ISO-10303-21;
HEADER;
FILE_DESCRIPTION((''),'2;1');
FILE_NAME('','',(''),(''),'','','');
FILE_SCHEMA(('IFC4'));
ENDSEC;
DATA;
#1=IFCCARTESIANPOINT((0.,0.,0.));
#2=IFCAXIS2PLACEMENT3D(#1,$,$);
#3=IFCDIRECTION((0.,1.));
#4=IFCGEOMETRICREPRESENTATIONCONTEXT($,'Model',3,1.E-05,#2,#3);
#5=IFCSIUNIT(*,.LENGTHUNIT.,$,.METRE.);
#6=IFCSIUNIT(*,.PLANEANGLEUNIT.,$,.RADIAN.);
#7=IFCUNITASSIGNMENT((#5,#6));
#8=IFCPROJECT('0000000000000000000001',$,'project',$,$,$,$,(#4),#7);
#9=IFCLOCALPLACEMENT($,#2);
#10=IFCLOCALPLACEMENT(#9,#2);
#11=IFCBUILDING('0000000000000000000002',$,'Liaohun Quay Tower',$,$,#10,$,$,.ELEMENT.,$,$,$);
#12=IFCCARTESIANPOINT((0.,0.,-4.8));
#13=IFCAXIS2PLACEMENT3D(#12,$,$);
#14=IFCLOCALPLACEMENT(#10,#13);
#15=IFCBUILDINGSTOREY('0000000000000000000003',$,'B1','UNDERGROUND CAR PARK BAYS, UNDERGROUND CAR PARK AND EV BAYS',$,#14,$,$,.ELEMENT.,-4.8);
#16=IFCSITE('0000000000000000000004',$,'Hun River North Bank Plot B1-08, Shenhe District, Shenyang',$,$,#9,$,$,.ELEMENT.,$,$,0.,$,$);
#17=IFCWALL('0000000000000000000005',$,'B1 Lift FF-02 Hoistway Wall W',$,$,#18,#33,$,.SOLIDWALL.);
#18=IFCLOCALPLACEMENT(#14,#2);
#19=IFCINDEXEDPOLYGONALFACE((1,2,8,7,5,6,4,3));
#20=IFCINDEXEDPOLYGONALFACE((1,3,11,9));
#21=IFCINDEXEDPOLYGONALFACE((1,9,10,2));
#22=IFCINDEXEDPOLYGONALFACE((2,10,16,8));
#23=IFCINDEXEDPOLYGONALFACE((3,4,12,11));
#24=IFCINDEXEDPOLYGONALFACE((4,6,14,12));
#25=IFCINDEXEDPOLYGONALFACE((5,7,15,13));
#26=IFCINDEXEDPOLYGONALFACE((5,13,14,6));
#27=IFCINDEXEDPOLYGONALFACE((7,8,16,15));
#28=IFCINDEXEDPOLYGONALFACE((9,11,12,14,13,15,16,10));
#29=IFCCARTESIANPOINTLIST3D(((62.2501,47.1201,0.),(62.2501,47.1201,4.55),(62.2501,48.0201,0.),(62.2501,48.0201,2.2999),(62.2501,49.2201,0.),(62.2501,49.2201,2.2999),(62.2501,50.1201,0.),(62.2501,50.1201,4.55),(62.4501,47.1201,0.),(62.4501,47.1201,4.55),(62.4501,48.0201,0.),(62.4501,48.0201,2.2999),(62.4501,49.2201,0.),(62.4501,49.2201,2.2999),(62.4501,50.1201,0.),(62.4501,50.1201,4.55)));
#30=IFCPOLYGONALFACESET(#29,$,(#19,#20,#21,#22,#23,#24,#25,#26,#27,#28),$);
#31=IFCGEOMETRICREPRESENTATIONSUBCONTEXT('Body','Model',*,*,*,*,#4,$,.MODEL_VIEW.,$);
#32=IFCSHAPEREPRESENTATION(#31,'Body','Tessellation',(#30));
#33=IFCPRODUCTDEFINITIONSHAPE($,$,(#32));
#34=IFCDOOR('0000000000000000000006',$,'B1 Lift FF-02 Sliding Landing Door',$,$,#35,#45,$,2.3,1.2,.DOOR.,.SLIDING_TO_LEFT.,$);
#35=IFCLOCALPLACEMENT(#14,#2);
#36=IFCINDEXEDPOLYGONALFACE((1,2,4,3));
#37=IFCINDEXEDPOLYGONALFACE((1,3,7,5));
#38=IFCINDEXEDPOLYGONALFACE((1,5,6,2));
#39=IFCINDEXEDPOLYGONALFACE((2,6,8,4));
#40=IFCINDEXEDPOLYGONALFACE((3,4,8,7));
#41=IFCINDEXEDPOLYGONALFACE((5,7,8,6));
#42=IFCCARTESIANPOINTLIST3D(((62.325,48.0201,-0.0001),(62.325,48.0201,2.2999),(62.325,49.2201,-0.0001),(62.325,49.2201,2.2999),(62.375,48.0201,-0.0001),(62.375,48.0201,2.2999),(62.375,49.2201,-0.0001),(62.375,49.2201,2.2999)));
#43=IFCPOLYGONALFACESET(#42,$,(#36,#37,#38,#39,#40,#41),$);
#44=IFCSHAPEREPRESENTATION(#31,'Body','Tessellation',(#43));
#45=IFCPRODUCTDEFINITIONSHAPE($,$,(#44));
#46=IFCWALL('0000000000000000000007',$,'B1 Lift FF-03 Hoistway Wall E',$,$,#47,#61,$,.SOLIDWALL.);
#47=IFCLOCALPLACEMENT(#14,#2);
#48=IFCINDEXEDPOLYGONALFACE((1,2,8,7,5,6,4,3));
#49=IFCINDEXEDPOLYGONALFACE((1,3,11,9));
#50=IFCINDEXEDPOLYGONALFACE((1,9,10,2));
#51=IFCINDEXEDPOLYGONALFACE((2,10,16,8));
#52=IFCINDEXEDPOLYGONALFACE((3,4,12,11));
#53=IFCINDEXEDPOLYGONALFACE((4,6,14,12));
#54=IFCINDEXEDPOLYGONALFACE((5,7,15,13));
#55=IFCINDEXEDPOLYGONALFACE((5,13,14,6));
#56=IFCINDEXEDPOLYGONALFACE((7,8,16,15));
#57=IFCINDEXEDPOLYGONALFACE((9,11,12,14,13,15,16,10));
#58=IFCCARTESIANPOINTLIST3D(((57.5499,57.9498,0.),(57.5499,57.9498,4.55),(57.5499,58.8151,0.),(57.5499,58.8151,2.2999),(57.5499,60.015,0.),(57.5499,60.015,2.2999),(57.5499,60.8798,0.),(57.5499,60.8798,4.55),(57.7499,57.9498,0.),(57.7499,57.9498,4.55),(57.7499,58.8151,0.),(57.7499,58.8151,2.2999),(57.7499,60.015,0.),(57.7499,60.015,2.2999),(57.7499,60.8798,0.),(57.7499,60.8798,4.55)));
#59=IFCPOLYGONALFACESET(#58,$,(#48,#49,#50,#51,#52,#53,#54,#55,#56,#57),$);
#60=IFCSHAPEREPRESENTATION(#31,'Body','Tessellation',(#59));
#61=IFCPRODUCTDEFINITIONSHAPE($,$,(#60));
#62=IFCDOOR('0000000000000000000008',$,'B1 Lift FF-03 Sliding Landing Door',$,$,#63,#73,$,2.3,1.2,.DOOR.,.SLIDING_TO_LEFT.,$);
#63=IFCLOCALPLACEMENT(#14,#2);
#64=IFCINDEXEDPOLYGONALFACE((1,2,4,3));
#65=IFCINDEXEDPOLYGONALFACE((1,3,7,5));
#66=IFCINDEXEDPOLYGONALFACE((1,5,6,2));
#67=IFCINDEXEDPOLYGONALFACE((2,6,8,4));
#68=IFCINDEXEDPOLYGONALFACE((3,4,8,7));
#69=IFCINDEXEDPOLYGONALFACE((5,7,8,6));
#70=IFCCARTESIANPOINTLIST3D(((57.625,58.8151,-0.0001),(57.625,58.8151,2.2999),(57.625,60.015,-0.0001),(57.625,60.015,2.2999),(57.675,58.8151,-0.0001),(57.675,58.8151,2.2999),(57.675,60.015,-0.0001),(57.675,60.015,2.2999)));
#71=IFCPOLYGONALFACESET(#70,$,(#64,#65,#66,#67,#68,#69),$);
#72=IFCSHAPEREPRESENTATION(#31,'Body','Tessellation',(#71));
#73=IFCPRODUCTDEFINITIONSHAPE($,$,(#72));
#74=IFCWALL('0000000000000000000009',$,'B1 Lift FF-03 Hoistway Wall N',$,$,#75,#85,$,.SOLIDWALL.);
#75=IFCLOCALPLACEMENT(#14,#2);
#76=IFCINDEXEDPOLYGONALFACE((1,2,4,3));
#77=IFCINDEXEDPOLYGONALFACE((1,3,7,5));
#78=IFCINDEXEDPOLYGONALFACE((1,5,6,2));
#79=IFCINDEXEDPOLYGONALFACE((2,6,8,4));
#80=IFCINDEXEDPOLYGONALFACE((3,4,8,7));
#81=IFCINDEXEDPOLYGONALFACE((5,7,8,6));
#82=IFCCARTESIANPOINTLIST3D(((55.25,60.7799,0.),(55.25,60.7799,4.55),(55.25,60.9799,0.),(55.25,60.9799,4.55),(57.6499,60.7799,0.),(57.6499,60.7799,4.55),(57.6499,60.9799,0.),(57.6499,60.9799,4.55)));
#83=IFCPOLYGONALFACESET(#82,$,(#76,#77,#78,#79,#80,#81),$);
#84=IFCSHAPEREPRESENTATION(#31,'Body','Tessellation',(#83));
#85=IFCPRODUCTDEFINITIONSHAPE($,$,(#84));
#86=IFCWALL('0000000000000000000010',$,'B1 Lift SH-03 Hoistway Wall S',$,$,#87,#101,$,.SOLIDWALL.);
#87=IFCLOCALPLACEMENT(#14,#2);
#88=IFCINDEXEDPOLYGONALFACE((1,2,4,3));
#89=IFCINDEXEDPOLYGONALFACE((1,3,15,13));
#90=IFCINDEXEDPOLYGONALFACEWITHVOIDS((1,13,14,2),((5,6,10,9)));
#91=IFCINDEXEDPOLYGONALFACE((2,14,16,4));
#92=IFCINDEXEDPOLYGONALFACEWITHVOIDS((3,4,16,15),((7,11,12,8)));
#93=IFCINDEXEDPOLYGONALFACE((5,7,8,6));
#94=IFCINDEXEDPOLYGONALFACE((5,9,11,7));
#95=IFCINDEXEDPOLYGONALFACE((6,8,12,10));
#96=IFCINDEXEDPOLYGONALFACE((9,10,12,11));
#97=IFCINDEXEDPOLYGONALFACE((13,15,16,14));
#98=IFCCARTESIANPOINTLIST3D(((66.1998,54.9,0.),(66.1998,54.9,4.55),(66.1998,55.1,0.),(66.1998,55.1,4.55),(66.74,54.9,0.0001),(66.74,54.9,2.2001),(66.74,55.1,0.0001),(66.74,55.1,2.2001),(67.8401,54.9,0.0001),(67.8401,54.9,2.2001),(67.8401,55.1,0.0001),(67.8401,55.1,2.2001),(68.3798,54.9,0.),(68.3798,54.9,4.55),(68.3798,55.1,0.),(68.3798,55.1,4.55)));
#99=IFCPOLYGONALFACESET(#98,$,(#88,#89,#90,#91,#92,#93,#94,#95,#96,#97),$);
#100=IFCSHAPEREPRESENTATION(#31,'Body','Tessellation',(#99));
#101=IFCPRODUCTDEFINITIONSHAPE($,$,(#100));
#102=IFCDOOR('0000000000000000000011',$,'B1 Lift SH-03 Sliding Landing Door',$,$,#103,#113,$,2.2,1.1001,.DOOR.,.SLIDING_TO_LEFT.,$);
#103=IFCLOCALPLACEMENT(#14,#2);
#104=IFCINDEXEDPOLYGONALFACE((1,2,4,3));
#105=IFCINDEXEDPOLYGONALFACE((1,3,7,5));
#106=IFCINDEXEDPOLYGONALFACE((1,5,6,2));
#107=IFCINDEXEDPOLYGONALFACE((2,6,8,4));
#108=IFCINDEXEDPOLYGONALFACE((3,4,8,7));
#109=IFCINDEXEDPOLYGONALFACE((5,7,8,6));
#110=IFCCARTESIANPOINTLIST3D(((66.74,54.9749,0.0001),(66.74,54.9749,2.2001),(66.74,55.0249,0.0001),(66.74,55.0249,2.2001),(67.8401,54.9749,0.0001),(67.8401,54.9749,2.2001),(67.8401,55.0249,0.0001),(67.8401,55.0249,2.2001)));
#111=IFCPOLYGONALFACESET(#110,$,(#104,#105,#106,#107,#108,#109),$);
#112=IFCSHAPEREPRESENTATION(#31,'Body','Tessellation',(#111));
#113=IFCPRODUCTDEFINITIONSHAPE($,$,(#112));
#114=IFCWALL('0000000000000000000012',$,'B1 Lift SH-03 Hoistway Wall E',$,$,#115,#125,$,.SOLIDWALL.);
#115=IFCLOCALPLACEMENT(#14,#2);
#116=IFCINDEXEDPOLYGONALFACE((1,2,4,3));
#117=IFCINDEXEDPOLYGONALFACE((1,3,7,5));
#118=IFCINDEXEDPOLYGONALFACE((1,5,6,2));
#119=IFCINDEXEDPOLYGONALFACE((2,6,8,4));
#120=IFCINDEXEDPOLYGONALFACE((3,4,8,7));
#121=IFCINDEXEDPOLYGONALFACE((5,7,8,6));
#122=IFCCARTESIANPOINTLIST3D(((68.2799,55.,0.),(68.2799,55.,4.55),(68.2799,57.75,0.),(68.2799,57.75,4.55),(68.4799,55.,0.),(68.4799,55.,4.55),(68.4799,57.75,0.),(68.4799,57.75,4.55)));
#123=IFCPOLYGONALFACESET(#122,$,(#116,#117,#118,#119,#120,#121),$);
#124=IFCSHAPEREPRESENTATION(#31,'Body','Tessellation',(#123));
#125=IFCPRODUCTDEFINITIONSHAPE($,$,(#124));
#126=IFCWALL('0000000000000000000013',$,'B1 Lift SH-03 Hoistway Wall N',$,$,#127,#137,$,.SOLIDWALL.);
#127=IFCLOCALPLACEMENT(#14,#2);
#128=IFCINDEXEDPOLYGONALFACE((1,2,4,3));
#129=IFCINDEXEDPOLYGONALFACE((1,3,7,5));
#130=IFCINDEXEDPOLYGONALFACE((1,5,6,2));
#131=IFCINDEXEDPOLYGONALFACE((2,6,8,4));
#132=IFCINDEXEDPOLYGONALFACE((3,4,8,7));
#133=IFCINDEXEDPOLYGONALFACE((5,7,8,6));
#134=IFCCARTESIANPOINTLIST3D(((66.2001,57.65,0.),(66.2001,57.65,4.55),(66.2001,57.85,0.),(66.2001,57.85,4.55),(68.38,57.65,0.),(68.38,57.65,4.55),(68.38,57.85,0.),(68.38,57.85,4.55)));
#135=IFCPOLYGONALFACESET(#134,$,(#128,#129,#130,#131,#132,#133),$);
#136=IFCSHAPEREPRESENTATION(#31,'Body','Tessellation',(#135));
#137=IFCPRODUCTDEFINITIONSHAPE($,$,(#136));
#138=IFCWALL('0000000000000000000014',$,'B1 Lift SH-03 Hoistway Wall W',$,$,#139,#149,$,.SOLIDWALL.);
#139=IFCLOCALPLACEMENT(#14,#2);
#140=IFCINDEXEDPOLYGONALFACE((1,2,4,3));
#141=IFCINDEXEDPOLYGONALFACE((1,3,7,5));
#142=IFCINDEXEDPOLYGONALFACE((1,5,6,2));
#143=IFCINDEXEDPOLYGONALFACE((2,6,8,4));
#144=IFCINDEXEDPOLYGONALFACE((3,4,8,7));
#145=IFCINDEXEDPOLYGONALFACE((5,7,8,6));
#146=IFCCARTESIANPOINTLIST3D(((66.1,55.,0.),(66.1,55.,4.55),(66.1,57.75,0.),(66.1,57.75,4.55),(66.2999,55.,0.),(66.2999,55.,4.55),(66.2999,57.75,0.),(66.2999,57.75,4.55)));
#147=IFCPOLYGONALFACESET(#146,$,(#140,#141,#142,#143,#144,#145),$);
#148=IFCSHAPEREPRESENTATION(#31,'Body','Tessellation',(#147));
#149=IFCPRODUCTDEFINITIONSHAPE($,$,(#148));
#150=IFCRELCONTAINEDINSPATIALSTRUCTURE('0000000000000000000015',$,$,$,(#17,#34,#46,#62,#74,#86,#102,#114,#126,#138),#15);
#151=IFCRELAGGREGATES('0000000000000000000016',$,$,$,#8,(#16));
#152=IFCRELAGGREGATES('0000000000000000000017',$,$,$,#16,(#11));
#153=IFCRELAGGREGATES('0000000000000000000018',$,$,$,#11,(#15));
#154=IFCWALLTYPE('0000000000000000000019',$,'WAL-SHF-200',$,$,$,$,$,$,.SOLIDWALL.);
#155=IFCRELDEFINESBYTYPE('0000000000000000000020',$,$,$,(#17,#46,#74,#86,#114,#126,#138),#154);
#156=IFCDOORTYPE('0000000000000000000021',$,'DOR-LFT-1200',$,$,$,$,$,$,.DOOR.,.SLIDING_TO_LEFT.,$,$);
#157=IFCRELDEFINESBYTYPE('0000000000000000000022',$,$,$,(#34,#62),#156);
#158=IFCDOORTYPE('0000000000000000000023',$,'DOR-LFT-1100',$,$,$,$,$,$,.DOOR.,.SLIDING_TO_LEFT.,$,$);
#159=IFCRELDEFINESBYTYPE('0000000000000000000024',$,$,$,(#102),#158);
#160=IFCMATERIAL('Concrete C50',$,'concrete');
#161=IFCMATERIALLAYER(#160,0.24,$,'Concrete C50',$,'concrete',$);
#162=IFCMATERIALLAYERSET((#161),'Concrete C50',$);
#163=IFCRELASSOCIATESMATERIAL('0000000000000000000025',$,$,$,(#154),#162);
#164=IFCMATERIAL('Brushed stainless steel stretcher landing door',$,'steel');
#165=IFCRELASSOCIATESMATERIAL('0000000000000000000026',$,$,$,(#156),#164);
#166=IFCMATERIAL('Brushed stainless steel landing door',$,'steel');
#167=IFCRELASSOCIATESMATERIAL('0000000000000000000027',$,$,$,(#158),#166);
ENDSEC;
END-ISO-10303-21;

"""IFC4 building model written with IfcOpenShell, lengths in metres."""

from ifc_helpers import new_model, si_unit, direction, frame, frame_2d, origin, place, context, subcontext, project, spatial, rectangle, extrude, source, transform, mapped, material, layer, layer_set, type_object, element, fill, save


model = new_model("IFC4")

# Units and contexts
model_context = context("Model", 3, precision=1e-05, world=origin(), true_north=direction((0.0, 1.0)))
body_context = subcontext(model_context, "Body", "Model", "MODEL_VIEW")
ifc_project = project(units=[si_unit("LENGTHUNIT", "METRE"), si_unit("PLANEANGLEUNIT", "RADIAN")], contexts=[model_context])

# Site, building, storey
site_placement = place(None, origin())
site = spatial("IfcSite", under=ifc_project, at=site_placement, Name="Hun River North Bank Plot B1-08, Shenhe District, Shenyang", CompositionType="ELEMENT", RefElevation=0.0)
building_placement = place(site_placement, origin())
building = spatial("IfcBuilding", under=site, at=building_placement, Name="Liaohun Quay Tower", CompositionType="ELEMENT")
storey_placement = place(building_placement, frame((0.0, 0.0, -4.8)))
storey = spatial("IfcBuildingStorey", under=building, at=storey_placement, Name="B1", Description="UNDERGROUND CAR PARK BAYS, UNDERGROUND CAR PARK AND EV BAYS", CompositionType="ELEMENT", Elevation=-4.8)

# Shared definitions
ifc_material_1 = material(Name="Concrete C50", Category="concrete")
ifc_layer_1 = layer(ifc_material_1, 0.24, Name="Concrete C50", Category="concrete")
ifc_layer_set_1 = layer_set([ifc_layer_1], Name="Concrete C50")
wall_type_1 = type_object("IfcWallType", Name="WAL-SHF-200", PredefinedType="SOLIDWALL", material=ifc_layer_set_1)
shared_shape_1 = source(origin(), body_context, "Body", "SweptSolid", [
    extrude(rectangle(XDim=1.2, YDim=2.3, at=frame_2d((0.6001, 1.1499))), frame((0.0, 0.1099, 0.0), z_axis=(0.0, -1.0, 0.0), x_axis=(1.0, 0.0, 0.0)), (0.0, 0.0, 1.0), 0.22),
])
ifc_material_2 = material(Name="Brushed stainless steel stretcher landing door", Category="steel")
door_type_1 = type_object("IfcDoorType", Name="DOR-LFT-1200", OperationType="SLIDING_TO_LEFT", PredefinedType="DOOR", material=ifc_material_2)
shared_shape_2 = source(origin(), body_context, "Body", "SweptSolid", [
    extrude(rectangle(XDim=1.2, YDim=2.3, at=frame_2d((0.6001, 1.1499))), frame((0.0, 0.0249, 0.0), z_axis=(0.0, -1.0, 0.0), x_axis=(1.0, 0.0, 0.0)), (0.0, 0.0, 1.0), 0.05),
])

# Walls, openings, doors
wall_1_placement = place(storey_placement, frame((62.3501, 50.1201, 0.0), z_axis=(0.0, 0.0, 1.0), x_axis=(0.0, -1.0, 0.0)))
wall_1 = element("IfcWall", 1, at=wall_1_placement, inside=storey, type_object=wall_type_1, Name="B1 Lift FF-02 Hoistway Wall W", PredefinedType="SOLIDWALL", context=body_context, shape_type="SweptSolid", body=[
    extrude(rectangle(XDim=3.0, YDim=0.2, at=frame_2d((1.5, 0.0))), origin(), (0.0, 0.0, 1.0), 4.55),
])
opening_1_placement = place(wall_1_placement, frame((0.8999, 0.0, 0.0)))
opening_1 = element("IfcOpeningElement", 2, at=opening_1_placement, cuts=wall_1, PredefinedType="OPENING", context=body_context, shape_type="MappedRepresentation", body=[
    mapped(shared_shape_1, transform((0.0, 0.0, 0.0), x_axis=(1.0, 0.0, 0.0), y_axis=(0.0, 1.0, 0.0), z_axis=(0.0, 0.0, 1.0), scale=1.0)),
])
door_1_placement = place(opening_1_placement, origin())
door_1 = element("IfcDoor", 3, at=door_1_placement, inside=storey, type_object=door_type_1, Name="B1 Lift FF-02 Sliding Landing Door", OperationType="SLIDING_TO_LEFT", OverallHeight=2.3, OverallWidth=1.2, PredefinedType="DOOR", context=body_context, shape_type="MappedRepresentation", body=[
    mapped(shared_shape_2, transform((0.0, 0.0, 0.0), x_axis=(1.0, 0.0, 0.0), y_axis=(0.0, 1.0, 0.0), z_axis=(0.0, 0.0, 1.0), scale=1.0)),
])
fill(opening_1, door_1)
wall_2_placement = place(storey_placement, frame((57.6499, 57.95, 0.0), z_axis=(0.0, 0.0, 1.0), x_axis=(0.0, 1.0, 0.0)))
wall_2 = element("IfcWall", 4, at=wall_2_placement, inside=storey, type_object=wall_type_1, Name="B1 Lift FF-03 Hoistway Wall E", PredefinedType="SOLIDWALL", context=body_context, shape_type="SweptSolid", body=[
    extrude(rectangle(XDim=2.9299, YDim=0.2, at=frame_2d((1.4648, 0.0))), origin(), (0.0, 0.0, 1.0), 4.55),
])
opening_2_placement = place(wall_2_placement, frame((0.865, 0.0, 0.0)))
opening_2 = element("IfcOpeningElement", 5, at=opening_2_placement, cuts=wall_2, PredefinedType="OPENING", context=body_context, shape_type="MappedRepresentation", body=[
    mapped(shared_shape_1, transform((0.0, 0.0, 0.0), x_axis=(1.0, 0.0, 0.0), y_axis=(0.0, 1.0, 0.0), z_axis=(0.0, 0.0, 1.0), scale=1.0)),
])
door_2_placement = place(opening_2_placement, origin())
door_2 = element("IfcDoor", 6, at=door_2_placement, inside=storey, type_object=door_type_1, Name="B1 Lift FF-03 Sliding Landing Door", OperationType="SLIDING_TO_LEFT", OverallHeight=2.3, OverallWidth=1.2, PredefinedType="DOOR", context=body_context, shape_type="MappedRepresentation", body=[
    mapped(shared_shape_2, transform((0.0, 0.0, 0.0), x_axis=(1.0, 0.0, 0.0), y_axis=(0.0, 1.0, 0.0), z_axis=(0.0, 0.0, 1.0), scale=1.0)),
])
fill(opening_2, door_2)

# Wall
wall_3_placement = place(storey_placement, frame((57.6499, 60.8799, 0.0), z_axis=(0.0, 0.0, 1.0), x_axis=(-1.0, 0.0, 0.0)))
element("IfcWall", 7, at=wall_3_placement, inside=storey, type_object=wall_type_1, Name="B1 Lift FF-03 Hoistway Wall N", PredefinedType="SOLIDWALL", context=body_context, shape_type="SweptSolid", body=[
    extrude(rectangle(XDim=2.3999, YDim=0.2, at=frame_2d((1.2, 0.0))), origin(), (0.0, 0.0, 1.0), 4.55),
])

# Wall, opening, door
wall_4_placement = place(storey_placement, frame((66.2, 55.0, 0.0), z_axis=(0.0, 0.0, 1.0), x_axis=(1.0, 0.0, 0.0)))
wall_4 = element("IfcWall", 8, at=wall_4_placement, inside=storey, type_object=wall_type_1, Name="B1 Lift SH-03 Hoistway Wall S", PredefinedType="SOLIDWALL", context=body_context, shape_type="SweptSolid", body=[
    extrude(rectangle(XDim=2.1799, YDim=0.2, at=frame_2d((1.0898, 0.0))), origin(), (0.0, 0.0, 1.0), 4.55),
])
shared_shape_3 = source(origin(), body_context, "Body", "SweptSolid", [
    extrude(rectangle(XDim=1.1001, YDim=2.2, at=frame_2d((0.55, 1.1001))), frame((0.0, 0.1099, 0.0), z_axis=(0.0, -1.0, 0.0), x_axis=(1.0, 0.0, 0.0)), (0.0, 0.0, 1.0), 0.22),
])
opening_3_placement = place(wall_4_placement, frame((0.54, 0.0, 0.0)))
opening_3 = element("IfcOpeningElement", 9, at=opening_3_placement, cuts=wall_4, PredefinedType="OPENING", context=body_context, shape_type="MappedRepresentation", body=[
    mapped(shared_shape_3, transform((0.0, 0.0, 0.0), x_axis=(1.0, 0.0, 0.0), y_axis=(0.0, 1.0, 0.0), z_axis=(0.0, 0.0, 1.0), scale=1.0)),
])
ifc_material_3 = material(Name="Brushed stainless steel landing door", Category="steel")
door_type_2 = type_object("IfcDoorType", Name="DOR-LFT-1100", OperationType="SLIDING_TO_LEFT", PredefinedType="DOOR", material=ifc_material_3)
shared_shape_4 = source(origin(), body_context, "Body", "SweptSolid", [
    extrude(rectangle(XDim=1.1001, YDim=2.2, at=frame_2d((0.55, 1.1001))), frame((0.0, 0.0249, 0.0), z_axis=(0.0, -1.0, 0.0), x_axis=(1.0, 0.0, 0.0)), (0.0, 0.0, 1.0), 0.05),
])
door_3_placement = place(opening_3_placement, origin())
door_3 = element("IfcDoor", 10, at=door_3_placement, inside=storey, type_object=door_type_2, Name="B1 Lift SH-03 Sliding Landing Door", OperationType="SLIDING_TO_LEFT", OverallHeight=2.2, OverallWidth=1.1001, PredefinedType="DOOR", context=body_context, shape_type="MappedRepresentation", body=[
    mapped(shared_shape_4, transform((0.0, 0.0, 0.0), x_axis=(1.0, 0.0, 0.0), y_axis=(0.0, 1.0, 0.0), z_axis=(0.0, 0.0, 1.0), scale=1.0)),
])
fill(opening_3, door_3)

# Walls
wall_5_placement = place(storey_placement, frame((68.3799, 55.0, 0.0), z_axis=(0.0, 0.0, 1.0), x_axis=(0.0, 1.0, 0.0)))
element("IfcWall", 11, at=wall_5_placement, inside=storey, type_object=wall_type_1, Name="B1 Lift SH-03 Hoistway Wall E", PredefinedType="SOLIDWALL", context=body_context, shape_type="SweptSolid", body=[
    extrude(rectangle(XDim=2.75, YDim=0.2, at=frame_2d((1.375, 0.0))), origin(), (0.0, 0.0, 1.0), 4.55),
])
wall_6_placement = place(storey_placement, frame((68.3799, 57.75, 0.0), z_axis=(0.0, 0.0, 1.0), x_axis=(-1.0, 0.0, 0.0)))
element("IfcWall", 12, at=wall_6_placement, inside=storey, type_object=wall_type_1, Name="B1 Lift SH-03 Hoistway Wall N", PredefinedType="SOLIDWALL", context=body_context, shape_type="SweptSolid", body=[
    extrude(rectangle(XDim=2.1799, YDim=0.2, at=frame_2d((1.0898, 0.0))), origin(), (0.0, 0.0, 1.0), 4.55),
])
wall_7_placement = place(storey_placement, frame((66.2, 57.75, 0.0), z_axis=(0.0, 0.0, 1.0), x_axis=(0.0, -1.0, 0.0)))
element("IfcWall", 13, at=wall_7_placement, inside=storey, type_object=wall_type_1, Name="B1 Lift SH-03 Hoistway Wall W", PredefinedType="SOLIDWALL", context=body_context, shape_type="SweptSolid", body=[
    extrude(rectangle(XDim=2.75, YDim=0.2, at=frame_2d((1.375, 0.0))), origin(), (0.0, 0.0, 1.0), 4.55),
])

save(model, "model.ifc")
